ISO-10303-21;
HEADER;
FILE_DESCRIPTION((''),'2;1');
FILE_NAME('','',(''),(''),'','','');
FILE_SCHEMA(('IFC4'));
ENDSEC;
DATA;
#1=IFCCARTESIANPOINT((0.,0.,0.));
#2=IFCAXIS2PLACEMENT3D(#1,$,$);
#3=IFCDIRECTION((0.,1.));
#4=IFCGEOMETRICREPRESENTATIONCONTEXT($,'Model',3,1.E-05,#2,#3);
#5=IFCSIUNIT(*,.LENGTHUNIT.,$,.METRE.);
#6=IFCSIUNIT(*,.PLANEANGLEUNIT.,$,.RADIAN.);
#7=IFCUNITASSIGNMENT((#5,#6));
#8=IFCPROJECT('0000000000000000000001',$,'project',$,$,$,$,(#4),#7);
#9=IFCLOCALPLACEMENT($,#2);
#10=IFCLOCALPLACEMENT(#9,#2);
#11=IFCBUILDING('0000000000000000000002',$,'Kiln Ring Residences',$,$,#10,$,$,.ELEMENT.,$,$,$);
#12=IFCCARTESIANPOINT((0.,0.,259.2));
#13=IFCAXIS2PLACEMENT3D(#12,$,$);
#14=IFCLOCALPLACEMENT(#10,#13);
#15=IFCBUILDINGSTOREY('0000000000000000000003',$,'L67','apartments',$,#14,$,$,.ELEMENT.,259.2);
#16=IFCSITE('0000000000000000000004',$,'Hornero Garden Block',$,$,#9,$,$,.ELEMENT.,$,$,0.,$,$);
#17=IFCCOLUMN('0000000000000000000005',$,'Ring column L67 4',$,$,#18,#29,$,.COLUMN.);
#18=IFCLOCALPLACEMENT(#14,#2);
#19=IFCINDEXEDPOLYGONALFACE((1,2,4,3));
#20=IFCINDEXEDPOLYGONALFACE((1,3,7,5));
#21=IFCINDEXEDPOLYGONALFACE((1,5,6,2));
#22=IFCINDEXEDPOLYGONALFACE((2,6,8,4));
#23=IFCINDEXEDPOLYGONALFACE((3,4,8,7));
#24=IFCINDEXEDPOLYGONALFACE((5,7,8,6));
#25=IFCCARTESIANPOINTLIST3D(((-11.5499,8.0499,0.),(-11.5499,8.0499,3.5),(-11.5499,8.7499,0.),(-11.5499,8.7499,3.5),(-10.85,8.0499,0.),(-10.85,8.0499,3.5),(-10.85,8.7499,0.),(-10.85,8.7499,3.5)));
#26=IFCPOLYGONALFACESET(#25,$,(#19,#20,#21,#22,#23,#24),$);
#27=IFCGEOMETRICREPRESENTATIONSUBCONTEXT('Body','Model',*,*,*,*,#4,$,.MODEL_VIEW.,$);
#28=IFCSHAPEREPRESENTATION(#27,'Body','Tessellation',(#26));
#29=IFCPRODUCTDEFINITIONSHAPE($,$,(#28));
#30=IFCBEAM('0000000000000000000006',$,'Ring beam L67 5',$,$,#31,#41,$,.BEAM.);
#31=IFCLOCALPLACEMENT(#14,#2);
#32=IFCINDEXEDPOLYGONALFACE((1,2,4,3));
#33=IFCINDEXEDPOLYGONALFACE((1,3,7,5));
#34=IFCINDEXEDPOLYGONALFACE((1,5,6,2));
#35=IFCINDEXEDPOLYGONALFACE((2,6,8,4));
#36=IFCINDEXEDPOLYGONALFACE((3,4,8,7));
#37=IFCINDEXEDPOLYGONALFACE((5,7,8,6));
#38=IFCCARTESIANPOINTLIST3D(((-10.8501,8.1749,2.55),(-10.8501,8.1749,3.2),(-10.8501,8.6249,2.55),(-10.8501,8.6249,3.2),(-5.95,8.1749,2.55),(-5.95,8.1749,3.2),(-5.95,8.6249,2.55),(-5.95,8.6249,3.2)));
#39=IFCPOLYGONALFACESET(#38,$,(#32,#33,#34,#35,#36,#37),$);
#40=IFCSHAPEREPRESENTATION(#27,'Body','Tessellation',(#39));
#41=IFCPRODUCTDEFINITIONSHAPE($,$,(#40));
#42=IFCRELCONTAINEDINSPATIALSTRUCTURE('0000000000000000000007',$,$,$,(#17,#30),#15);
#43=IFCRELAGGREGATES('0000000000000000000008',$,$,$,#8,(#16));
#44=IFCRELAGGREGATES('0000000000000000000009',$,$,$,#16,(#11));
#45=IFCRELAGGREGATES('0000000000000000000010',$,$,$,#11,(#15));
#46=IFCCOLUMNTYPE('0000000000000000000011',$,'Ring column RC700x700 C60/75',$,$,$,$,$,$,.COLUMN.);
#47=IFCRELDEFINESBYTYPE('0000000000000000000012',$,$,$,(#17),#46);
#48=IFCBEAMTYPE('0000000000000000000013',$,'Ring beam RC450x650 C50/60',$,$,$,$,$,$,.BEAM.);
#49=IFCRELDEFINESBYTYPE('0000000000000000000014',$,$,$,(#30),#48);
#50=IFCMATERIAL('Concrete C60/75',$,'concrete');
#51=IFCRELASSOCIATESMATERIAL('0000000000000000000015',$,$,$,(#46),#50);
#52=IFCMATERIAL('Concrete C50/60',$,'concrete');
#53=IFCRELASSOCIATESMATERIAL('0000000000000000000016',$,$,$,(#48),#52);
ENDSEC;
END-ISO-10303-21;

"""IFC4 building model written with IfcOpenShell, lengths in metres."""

from ifc_helpers import new_model, si_unit, direction, frame, origin, origin_2d, place, context, subcontext, project, spatial, rectangle, extrude, material, material_profile, profile_set, type_object, element, save


model = new_model("IFC4")

# Units and contexts
model_context = context("Model", 3, precision=1e-05, world=origin(), true_north=direction((0.0, 1.0)))
body_context = subcontext(model_context, "Body", "Model", "MODEL_VIEW")
ifc_project = project(units=[si_unit("LENGTHUNIT", "METRE"), si_unit("PLANEANGLEUNIT", "RADIAN")], contexts=[model_context])

# Site, building, storey
site_placement = place(None, origin())
site = spatial("IfcSite", under=ifc_project, at=site_placement, Name="Hornero Garden Block", CompositionType="ELEMENT", RefElevation=0.0)
building_placement = place(site_placement, origin())
building = spatial("IfcBuilding", under=site, at=building_placement, Name="Kiln Ring Residences", CompositionType="ELEMENT")
storey_placement = place(building_placement, frame((0.0, 0.0, 259.2)))
storey = spatial("IfcBuildingStorey", under=building, at=storey_placement, Name="L67", Description="apartments", CompositionType="ELEMENT", Elevation=259.2)

# Column
ifc_material_1 = material(Name="Concrete C60/75", Category="concrete")
ifc_material_profile_1 = material_profile(ifc_material_1, rectangle(XDim=0.7, YDim=0.7, at=origin_2d()), Name="RC700x700")
ifc_profile_set_1 = profile_set([ifc_material_profile_1], Name="Concrete C60/75")
column_type = type_object("IfcColumnType", Name="Ring column RC700x700 C60/75", PredefinedType="COLUMN", material=ifc_profile_set_1)
column_placement = place(storey_placement, frame((-11.2, 8.3999, 0.0), z_axis=(0.0, 0.0, 1.0), x_axis=(1.0, 0.0, 0.0)))
element("IfcColumn", 1, at=column_placement, inside=storey, type_object=column_type, Name="Ring column L67 4", PredefinedType="COLUMN", context=body_context, shape_type="SweptSolid", body=[
    extrude(rectangle(XDim=0.7, YDim=0.7, at=origin_2d()), origin(), (0.0, 0.0, 1.0), 3.5),
])

# Beam
ifc_material_2 = material(Name="Concrete C50/60", Category="concrete")
ifc_material_profile_2 = material_profile(ifc_material_2, rectangle(XDim=0.45, YDim=0.6499, at=origin_2d()), Name="RC450x650")
ifc_profile_set_2 = profile_set([ifc_material_profile_2], Name="Concrete C50/60")
beam_type = type_object("IfcBeamType", Name="Ring beam RC450x650 C50/60", PredefinedType="BEAM", material=ifc_profile_set_2)
beam_placement = place(storey_placement, frame((-10.8501, 8.3999, 2.875), z_axis=(1.0, 0.0, 0.0), x_axis=(0.0, 1.0, 0.0)))
element("IfcBeam", 2, at=beam_placement, inside=storey, type_object=beam_type, Name="Ring beam L67 5", PredefinedType="BEAM", context=body_context, shape_type="SweptSolid", body=[
    extrude(rectangle(XDim=0.45, YDim=0.6499, at=origin_2d()), origin(), (0.0, 0.0, 1.0), 4.9001),
])

save(model, "model.ifc")
